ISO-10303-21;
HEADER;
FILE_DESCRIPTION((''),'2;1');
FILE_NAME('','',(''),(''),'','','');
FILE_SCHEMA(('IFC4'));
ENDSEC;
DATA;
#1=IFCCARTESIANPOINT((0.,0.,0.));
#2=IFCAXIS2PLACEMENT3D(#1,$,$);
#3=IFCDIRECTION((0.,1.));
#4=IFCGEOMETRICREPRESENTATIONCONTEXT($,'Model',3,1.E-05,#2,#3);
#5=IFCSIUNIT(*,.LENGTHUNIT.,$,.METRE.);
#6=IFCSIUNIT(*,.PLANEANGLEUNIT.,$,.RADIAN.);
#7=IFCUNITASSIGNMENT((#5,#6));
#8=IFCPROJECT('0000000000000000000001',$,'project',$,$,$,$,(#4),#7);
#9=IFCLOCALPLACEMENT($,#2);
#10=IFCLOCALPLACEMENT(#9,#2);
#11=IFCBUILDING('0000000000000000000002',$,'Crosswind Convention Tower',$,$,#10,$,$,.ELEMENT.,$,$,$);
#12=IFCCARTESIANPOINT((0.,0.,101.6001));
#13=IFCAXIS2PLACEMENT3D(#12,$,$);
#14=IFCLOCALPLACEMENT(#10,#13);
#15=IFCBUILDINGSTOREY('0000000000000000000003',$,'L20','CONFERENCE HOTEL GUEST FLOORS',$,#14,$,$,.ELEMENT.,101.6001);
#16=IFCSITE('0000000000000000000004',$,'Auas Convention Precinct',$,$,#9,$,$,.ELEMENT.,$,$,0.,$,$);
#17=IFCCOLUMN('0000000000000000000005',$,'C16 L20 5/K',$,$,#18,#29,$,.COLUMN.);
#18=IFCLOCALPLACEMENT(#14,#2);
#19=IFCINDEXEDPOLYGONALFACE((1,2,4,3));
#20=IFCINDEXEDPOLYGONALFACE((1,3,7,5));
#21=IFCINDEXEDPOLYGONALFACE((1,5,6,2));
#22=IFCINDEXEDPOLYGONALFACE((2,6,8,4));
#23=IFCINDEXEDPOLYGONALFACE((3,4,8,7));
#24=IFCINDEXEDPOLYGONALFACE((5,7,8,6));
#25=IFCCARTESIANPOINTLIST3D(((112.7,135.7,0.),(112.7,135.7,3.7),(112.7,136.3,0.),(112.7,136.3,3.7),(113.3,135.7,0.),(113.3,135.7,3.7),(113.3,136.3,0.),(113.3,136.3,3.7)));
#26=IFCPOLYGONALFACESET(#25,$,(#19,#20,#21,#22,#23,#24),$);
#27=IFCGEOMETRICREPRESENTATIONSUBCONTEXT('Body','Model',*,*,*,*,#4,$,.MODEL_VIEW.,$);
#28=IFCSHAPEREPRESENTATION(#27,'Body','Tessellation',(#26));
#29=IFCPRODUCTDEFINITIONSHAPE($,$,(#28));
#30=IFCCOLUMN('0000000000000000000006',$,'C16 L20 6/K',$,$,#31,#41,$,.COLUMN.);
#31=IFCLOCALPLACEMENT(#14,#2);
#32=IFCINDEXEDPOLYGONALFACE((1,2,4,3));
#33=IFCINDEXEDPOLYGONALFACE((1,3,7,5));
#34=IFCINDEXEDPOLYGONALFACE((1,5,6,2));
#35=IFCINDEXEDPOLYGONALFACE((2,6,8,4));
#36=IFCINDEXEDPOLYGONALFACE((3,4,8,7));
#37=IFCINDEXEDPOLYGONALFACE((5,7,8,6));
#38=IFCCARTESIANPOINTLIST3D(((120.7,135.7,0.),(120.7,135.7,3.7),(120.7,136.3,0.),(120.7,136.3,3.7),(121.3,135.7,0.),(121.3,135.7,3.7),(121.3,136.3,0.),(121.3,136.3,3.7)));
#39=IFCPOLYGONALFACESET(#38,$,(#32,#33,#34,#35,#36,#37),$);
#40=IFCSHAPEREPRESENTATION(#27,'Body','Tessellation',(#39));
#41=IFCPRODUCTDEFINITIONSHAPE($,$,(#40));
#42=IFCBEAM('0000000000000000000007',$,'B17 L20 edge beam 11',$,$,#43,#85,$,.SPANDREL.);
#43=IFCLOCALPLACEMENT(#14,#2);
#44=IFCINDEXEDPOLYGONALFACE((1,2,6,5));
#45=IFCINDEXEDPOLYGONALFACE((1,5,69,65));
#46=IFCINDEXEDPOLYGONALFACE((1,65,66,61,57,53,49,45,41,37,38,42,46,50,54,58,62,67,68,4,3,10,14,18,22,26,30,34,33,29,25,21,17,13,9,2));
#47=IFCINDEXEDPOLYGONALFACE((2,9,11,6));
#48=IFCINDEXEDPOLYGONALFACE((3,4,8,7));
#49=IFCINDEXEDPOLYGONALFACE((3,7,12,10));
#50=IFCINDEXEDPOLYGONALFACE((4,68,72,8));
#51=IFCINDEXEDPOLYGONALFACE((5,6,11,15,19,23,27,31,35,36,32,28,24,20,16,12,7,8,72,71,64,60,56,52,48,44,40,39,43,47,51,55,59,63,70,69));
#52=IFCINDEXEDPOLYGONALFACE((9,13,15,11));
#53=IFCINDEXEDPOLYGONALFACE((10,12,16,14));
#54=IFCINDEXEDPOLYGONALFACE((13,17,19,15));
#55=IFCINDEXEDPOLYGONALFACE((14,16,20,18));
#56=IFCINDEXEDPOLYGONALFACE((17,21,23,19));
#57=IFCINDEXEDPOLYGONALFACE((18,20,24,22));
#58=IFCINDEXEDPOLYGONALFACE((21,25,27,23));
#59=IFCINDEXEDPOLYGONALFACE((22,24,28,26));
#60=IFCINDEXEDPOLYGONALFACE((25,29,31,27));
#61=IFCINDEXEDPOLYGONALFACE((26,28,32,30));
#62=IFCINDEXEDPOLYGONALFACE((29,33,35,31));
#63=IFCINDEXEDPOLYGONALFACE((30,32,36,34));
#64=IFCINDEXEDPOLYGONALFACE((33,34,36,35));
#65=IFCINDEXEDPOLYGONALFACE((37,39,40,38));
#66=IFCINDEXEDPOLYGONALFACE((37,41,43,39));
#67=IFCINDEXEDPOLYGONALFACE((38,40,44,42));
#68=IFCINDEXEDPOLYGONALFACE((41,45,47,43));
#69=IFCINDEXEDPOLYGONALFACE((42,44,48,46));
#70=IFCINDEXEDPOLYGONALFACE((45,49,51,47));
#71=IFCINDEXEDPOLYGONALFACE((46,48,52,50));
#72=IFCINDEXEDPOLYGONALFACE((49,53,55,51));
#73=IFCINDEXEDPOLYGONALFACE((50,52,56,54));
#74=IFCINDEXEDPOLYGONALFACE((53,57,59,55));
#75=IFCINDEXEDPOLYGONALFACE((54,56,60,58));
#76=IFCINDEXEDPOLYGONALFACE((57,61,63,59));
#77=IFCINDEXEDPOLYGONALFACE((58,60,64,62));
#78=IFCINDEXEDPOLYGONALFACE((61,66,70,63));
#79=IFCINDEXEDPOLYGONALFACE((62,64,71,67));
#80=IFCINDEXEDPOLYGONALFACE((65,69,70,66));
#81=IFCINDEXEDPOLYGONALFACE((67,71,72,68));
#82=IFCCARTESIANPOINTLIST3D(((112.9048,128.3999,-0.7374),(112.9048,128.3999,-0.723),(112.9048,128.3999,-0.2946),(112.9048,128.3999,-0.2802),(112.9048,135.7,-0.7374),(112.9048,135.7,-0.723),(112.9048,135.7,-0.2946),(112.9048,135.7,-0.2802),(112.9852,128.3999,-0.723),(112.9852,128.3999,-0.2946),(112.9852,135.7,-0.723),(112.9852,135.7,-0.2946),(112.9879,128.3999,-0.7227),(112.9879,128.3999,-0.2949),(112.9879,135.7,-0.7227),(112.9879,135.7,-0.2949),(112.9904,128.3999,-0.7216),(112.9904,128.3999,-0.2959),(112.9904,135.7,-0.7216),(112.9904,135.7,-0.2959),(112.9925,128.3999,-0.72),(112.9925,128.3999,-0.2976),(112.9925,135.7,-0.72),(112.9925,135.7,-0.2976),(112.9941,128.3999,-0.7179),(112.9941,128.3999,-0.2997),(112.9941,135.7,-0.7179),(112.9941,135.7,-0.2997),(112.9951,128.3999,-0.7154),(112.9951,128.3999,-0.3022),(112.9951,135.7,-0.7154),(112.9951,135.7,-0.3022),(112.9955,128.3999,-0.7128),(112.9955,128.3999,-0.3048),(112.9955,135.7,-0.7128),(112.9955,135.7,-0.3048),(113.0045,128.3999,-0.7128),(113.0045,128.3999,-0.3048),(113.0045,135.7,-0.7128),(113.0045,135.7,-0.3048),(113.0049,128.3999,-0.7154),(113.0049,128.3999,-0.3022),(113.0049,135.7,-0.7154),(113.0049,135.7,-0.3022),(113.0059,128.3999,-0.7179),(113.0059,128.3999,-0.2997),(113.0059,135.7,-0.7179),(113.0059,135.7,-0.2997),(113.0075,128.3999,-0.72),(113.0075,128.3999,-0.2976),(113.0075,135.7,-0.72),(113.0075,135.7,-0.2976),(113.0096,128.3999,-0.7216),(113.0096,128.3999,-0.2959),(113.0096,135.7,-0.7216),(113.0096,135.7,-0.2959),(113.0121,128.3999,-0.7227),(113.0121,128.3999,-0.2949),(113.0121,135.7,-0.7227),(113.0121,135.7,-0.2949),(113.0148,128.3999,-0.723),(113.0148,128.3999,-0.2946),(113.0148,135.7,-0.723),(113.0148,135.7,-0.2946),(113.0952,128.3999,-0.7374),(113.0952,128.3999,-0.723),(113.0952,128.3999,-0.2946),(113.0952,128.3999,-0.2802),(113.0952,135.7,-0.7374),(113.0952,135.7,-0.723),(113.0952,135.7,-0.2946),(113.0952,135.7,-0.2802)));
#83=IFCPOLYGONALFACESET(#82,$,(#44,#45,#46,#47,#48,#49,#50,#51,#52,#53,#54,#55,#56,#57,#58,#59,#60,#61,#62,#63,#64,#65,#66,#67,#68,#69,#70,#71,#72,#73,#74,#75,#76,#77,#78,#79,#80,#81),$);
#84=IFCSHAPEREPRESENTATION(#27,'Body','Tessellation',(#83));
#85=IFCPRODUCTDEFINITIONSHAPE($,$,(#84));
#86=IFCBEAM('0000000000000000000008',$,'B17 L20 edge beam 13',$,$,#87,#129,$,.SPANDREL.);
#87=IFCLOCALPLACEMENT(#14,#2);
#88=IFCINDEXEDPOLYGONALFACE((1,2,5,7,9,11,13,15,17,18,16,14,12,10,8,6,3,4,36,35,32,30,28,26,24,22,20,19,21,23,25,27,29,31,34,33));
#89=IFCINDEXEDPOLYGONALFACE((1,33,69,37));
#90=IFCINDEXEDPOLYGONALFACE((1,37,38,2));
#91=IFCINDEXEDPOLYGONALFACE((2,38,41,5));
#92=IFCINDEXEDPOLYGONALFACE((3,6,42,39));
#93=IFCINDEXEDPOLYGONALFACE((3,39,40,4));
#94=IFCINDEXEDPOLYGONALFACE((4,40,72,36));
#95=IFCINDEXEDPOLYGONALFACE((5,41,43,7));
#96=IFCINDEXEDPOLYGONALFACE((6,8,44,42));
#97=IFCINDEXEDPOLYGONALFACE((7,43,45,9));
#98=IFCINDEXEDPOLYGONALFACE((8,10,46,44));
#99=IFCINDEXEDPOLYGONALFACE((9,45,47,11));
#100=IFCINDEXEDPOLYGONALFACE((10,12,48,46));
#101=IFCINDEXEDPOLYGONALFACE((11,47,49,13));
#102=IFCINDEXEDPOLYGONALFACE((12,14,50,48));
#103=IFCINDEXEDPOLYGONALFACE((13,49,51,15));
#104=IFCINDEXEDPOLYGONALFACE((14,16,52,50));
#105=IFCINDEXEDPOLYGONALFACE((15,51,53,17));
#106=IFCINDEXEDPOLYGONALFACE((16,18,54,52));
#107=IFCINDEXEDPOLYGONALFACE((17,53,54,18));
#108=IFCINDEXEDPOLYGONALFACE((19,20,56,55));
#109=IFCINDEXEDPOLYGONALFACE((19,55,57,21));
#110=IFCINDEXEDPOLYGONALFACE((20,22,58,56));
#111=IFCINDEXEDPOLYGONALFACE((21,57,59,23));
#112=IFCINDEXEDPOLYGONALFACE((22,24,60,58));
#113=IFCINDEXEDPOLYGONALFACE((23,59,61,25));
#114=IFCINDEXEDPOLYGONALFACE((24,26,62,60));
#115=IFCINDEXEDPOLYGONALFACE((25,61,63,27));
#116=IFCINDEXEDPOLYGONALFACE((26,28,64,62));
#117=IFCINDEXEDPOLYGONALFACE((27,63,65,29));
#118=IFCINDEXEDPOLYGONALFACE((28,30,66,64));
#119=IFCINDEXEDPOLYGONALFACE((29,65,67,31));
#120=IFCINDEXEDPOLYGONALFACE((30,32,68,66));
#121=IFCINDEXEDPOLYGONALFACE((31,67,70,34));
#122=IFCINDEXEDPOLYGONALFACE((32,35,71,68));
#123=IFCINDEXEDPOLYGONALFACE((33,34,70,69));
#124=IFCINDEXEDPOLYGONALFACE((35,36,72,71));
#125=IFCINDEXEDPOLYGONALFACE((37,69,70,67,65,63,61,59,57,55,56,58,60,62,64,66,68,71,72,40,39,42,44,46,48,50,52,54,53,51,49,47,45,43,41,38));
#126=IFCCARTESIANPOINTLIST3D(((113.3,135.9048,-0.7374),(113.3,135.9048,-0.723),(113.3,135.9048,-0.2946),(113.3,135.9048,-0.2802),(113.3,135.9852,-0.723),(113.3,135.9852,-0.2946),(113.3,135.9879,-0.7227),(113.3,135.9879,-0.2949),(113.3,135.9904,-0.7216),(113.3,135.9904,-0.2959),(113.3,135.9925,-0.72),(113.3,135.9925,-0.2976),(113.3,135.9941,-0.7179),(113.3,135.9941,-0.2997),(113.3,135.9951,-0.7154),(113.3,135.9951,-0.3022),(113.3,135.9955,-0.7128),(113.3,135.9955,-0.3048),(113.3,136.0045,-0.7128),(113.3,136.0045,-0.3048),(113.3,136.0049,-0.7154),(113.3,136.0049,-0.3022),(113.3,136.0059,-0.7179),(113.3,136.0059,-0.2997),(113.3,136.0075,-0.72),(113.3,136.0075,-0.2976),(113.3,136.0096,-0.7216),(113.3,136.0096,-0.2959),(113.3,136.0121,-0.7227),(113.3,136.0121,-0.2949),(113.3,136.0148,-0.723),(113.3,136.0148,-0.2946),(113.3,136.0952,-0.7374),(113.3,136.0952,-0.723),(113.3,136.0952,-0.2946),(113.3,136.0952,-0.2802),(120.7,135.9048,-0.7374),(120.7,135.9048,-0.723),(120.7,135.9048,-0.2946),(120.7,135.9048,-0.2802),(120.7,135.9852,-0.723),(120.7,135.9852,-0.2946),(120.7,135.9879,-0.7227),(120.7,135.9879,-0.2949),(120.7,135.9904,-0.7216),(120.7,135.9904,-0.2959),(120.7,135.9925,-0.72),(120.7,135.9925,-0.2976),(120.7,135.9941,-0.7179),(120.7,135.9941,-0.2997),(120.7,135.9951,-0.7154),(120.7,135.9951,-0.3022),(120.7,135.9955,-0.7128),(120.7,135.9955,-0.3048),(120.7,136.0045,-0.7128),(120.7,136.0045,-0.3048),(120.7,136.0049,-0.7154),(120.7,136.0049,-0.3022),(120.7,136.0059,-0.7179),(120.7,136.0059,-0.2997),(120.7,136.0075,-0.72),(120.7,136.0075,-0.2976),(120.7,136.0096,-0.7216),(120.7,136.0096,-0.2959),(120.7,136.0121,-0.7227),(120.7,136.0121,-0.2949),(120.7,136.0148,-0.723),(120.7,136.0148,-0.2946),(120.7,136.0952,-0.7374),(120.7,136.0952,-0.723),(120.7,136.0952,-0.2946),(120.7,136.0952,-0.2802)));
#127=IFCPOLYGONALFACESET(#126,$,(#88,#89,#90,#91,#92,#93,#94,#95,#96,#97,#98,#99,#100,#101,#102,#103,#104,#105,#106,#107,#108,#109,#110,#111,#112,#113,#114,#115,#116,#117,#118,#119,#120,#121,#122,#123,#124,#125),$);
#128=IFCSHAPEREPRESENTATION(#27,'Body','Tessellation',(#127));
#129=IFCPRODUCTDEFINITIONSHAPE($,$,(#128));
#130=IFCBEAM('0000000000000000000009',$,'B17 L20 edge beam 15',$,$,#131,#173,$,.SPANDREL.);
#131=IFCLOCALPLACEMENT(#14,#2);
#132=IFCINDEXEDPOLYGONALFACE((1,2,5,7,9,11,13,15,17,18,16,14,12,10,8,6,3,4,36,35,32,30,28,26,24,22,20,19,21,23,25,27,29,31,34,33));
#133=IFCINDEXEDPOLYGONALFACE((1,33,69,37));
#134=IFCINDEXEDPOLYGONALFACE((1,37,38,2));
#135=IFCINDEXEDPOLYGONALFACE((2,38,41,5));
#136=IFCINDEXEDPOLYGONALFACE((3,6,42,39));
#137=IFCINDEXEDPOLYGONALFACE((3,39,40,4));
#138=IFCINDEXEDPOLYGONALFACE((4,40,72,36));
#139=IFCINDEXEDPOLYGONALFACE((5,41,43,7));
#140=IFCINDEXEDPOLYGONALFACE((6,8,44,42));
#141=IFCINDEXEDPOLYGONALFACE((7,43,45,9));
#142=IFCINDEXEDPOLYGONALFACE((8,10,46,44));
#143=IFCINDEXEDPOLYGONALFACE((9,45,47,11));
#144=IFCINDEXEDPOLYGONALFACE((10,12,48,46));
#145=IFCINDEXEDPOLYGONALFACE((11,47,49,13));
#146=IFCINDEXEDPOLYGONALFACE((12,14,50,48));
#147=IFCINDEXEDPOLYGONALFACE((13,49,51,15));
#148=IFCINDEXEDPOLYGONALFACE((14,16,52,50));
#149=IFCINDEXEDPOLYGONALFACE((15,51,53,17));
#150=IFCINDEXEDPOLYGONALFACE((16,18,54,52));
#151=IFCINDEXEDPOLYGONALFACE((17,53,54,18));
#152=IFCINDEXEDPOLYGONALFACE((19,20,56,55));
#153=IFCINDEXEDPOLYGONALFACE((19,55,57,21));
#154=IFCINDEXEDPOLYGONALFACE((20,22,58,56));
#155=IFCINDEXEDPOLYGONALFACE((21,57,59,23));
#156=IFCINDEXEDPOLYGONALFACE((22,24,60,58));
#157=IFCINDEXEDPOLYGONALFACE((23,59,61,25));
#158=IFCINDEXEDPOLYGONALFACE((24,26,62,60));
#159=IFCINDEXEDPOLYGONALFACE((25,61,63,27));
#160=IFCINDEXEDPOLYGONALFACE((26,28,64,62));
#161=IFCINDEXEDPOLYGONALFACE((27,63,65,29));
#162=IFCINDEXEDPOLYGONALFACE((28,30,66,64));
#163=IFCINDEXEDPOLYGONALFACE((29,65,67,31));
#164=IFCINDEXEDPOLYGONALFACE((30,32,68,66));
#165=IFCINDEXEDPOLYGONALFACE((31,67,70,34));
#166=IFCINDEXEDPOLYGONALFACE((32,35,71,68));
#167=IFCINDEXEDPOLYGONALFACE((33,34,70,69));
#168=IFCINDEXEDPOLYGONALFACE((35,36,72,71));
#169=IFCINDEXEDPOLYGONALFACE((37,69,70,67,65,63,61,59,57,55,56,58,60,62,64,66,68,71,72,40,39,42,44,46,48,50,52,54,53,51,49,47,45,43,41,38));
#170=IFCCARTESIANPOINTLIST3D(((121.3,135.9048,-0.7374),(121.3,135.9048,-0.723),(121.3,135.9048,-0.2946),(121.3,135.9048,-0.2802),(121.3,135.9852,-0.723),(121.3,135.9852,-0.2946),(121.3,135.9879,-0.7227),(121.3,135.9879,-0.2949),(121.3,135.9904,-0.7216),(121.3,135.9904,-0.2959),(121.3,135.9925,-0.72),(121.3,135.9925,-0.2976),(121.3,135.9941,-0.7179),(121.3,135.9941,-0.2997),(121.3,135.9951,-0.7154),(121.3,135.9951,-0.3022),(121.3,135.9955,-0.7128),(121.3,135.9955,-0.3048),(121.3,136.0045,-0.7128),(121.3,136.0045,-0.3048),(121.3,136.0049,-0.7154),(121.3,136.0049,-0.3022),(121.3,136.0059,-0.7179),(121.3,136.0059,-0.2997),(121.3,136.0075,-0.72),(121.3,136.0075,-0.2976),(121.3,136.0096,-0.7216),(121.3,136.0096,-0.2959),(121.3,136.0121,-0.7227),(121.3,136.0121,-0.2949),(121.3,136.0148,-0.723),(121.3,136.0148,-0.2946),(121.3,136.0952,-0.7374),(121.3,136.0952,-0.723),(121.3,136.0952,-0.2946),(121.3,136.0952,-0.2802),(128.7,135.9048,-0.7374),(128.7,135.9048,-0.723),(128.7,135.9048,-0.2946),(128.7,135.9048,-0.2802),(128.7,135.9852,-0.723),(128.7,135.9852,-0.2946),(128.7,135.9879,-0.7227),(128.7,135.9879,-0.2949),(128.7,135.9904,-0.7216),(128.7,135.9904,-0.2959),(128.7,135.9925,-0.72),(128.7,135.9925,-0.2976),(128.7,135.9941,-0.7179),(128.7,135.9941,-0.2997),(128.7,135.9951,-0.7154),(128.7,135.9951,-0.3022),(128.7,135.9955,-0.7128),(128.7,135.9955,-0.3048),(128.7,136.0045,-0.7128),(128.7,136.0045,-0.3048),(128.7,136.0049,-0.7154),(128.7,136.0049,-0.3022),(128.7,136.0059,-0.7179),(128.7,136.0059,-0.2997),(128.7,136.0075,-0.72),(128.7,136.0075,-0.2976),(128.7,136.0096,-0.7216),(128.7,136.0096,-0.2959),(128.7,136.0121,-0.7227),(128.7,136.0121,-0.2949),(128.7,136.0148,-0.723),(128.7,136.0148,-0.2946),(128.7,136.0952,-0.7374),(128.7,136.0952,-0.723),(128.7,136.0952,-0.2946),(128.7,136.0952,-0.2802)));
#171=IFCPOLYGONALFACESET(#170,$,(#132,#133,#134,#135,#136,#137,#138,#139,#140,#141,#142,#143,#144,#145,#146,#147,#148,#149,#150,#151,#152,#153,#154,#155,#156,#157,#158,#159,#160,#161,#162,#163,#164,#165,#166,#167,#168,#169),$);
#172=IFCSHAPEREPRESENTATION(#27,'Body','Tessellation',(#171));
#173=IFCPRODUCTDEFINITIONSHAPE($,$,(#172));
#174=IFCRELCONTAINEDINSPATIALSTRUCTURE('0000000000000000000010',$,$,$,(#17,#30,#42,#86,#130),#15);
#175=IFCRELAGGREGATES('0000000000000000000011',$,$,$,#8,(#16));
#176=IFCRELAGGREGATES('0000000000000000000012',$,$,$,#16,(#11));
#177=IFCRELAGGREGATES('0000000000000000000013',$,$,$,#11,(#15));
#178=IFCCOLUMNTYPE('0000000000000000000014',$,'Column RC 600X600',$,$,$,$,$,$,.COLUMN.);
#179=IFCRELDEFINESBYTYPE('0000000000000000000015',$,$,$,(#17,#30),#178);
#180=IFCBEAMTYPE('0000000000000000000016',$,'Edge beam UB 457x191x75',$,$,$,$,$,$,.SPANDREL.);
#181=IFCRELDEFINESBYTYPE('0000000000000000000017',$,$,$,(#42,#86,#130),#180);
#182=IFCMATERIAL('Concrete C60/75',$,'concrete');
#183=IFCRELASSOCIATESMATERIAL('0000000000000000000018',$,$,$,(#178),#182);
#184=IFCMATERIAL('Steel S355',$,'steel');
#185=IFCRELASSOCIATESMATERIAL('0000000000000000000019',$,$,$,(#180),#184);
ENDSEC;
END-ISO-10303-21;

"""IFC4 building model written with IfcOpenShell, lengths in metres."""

from ifc_helpers import new_model, si_unit, direction, frame, origin, origin_2d, place, context, subcontext, project, spatial, rectangle, i_section, extrude, material, material_profile, profile_set, type_object, element, save


model = new_model("IFC4")

# Units and contexts
model_context = context("Model", 3, precision=1e-05, world=origin(), true_north=direction((0.0, 1.0)))
body_context = subcontext(model_context, "Body", "Model", "MODEL_VIEW")
ifc_project = project(units=[si_unit("LENGTHUNIT", "METRE"), si_unit("PLANEANGLEUNIT", "RADIAN")], contexts=[model_context])

# Site, building, storey
site_placement = place(None, origin())
site = spatial("IfcSite", under=ifc_project, at=site_placement, Name="Auas Convention Precinct", CompositionType="ELEMENT", RefElevation=0.0)
building_placement = place(site_placement, origin())
building = spatial("IfcBuilding", under=site, at=building_placement, Name="Crosswind Convention Tower", CompositionType="ELEMENT")
storey_placement = place(building_placement, frame((0.0, 0.0, 101.6001)))
storey = spatial("IfcBuildingStorey", under=building, at=storey_placement, Name="L20", Description="CONFERENCE HOTEL GUEST FLOORS", CompositionType="ELEMENT", Elevation=101.6001)

# Columns
ifc_material_1 = material(Name="Concrete C60/75", Category="concrete")
ifc_material_profile_1 = material_profile(ifc_material_1, rectangle(XDim=0.6001, YDim=0.6001, at=origin_2d()), Name="RC 600X600")
ifc_profile_set_1 = profile_set([ifc_material_profile_1], Name="Concrete C60/75")
column_type = type_object("IfcColumnType", Name="Column RC 600X600", PredefinedType="COLUMN", material=ifc_profile_set_1)
for number, where, z_axis, x_axis, name in (
    (1, (113.0, 136.0, 0.0), (0.0, 0.0, 1.0), (1.0, 0.0, 0.0), "C16 L20 5/K"),
    (2, (121.0, 136.0, 0.0), (0.0, 0.0, 1.0), (1.0, 0.0, 0.0), "C16 L20 6/K"),
):
    element("IfcColumn", number, at=place(storey_placement, frame(where, z_axis=z_axis, x_axis=x_axis)), inside=storey, type_object=column_type, Name=name, PredefinedType="COLUMN", context=body_context, shape_type="SweptSolid", body=[
        extrude(rectangle(XDim=0.6001, YDim=0.6001, at=origin_2d()), origin(), (0.0, 0.0, 1.0), 3.7),
    ])

# Beams
ifc_material_2 = material(Name="Steel S355", Category="steel")
ifc_material_profile_2 = material_profile(ifc_material_2, i_section(OverallWidth=0.1904, OverallDepth=0.4573, WebThickness=0.009, FlangeThickness=0.0144, FilletRadius=0.0103, at=origin_2d()), Name="UB 457x191x75")
ifc_profile_set_2 = profile_set([ifc_material_profile_2], Name="Steel S355")
beam_type_1 = type_object("IfcBeamType", Name="Edge beam UB 457x191x75", PredefinedType="SPANDREL", material=ifc_profile_set_2)
beam_1_placement = place(storey_placement, frame((113.0, 128.3999, -0.5088), z_axis=(0.0, 1.0, 0.0), x_axis=(-1.0, 0.0, 0.0)))
element("IfcBeam", 3, at=beam_1_placement, inside=storey, type_object=beam_type_1, Name="B17 L20 edge beam 11", PredefinedType="SPANDREL", context=body_context, shape_type="SweptSolid", body=[
    extrude(i_section(OverallWidth=0.1904, OverallDepth=0.4573, WebThickness=0.009, FlangeThickness=0.0144, FilletRadius=0.0103, at=origin_2d()), origin(), (0.0, 0.0, 1.0), 7.3),
])
for number, where, z_axis, x_axis, name in (
    (4, (113.3, 136.0, -0.5088), (1.0, 0.0, 0.0), (0.0, 1.0, 0.0), "B17 L20 edge beam 13"),
    (5, (121.3, 136.0, -0.5088), (1.0, 0.0, 0.0), (0.0, 1.0, 0.0), "B17 L20 edge beam 15"),
):
    element("IfcBeam", number, at=place(storey_placement, frame(where, z_axis=z_axis, x_axis=x_axis)), inside=storey, type_object=beam_type_1, Name=name, PredefinedType="SPANDREL", context=body_context, shape_type="SweptSolid", body=[
        extrude(i_section(OverallWidth=0.1904, OverallDepth=0.4573, WebThickness=0.009, FlangeThickness=0.0144, FilletRadius=0.0103, at=origin_2d()), origin(), (0.0, 0.0, 1.0), 7.3999),
    ])

save(model, "model.ifc")
